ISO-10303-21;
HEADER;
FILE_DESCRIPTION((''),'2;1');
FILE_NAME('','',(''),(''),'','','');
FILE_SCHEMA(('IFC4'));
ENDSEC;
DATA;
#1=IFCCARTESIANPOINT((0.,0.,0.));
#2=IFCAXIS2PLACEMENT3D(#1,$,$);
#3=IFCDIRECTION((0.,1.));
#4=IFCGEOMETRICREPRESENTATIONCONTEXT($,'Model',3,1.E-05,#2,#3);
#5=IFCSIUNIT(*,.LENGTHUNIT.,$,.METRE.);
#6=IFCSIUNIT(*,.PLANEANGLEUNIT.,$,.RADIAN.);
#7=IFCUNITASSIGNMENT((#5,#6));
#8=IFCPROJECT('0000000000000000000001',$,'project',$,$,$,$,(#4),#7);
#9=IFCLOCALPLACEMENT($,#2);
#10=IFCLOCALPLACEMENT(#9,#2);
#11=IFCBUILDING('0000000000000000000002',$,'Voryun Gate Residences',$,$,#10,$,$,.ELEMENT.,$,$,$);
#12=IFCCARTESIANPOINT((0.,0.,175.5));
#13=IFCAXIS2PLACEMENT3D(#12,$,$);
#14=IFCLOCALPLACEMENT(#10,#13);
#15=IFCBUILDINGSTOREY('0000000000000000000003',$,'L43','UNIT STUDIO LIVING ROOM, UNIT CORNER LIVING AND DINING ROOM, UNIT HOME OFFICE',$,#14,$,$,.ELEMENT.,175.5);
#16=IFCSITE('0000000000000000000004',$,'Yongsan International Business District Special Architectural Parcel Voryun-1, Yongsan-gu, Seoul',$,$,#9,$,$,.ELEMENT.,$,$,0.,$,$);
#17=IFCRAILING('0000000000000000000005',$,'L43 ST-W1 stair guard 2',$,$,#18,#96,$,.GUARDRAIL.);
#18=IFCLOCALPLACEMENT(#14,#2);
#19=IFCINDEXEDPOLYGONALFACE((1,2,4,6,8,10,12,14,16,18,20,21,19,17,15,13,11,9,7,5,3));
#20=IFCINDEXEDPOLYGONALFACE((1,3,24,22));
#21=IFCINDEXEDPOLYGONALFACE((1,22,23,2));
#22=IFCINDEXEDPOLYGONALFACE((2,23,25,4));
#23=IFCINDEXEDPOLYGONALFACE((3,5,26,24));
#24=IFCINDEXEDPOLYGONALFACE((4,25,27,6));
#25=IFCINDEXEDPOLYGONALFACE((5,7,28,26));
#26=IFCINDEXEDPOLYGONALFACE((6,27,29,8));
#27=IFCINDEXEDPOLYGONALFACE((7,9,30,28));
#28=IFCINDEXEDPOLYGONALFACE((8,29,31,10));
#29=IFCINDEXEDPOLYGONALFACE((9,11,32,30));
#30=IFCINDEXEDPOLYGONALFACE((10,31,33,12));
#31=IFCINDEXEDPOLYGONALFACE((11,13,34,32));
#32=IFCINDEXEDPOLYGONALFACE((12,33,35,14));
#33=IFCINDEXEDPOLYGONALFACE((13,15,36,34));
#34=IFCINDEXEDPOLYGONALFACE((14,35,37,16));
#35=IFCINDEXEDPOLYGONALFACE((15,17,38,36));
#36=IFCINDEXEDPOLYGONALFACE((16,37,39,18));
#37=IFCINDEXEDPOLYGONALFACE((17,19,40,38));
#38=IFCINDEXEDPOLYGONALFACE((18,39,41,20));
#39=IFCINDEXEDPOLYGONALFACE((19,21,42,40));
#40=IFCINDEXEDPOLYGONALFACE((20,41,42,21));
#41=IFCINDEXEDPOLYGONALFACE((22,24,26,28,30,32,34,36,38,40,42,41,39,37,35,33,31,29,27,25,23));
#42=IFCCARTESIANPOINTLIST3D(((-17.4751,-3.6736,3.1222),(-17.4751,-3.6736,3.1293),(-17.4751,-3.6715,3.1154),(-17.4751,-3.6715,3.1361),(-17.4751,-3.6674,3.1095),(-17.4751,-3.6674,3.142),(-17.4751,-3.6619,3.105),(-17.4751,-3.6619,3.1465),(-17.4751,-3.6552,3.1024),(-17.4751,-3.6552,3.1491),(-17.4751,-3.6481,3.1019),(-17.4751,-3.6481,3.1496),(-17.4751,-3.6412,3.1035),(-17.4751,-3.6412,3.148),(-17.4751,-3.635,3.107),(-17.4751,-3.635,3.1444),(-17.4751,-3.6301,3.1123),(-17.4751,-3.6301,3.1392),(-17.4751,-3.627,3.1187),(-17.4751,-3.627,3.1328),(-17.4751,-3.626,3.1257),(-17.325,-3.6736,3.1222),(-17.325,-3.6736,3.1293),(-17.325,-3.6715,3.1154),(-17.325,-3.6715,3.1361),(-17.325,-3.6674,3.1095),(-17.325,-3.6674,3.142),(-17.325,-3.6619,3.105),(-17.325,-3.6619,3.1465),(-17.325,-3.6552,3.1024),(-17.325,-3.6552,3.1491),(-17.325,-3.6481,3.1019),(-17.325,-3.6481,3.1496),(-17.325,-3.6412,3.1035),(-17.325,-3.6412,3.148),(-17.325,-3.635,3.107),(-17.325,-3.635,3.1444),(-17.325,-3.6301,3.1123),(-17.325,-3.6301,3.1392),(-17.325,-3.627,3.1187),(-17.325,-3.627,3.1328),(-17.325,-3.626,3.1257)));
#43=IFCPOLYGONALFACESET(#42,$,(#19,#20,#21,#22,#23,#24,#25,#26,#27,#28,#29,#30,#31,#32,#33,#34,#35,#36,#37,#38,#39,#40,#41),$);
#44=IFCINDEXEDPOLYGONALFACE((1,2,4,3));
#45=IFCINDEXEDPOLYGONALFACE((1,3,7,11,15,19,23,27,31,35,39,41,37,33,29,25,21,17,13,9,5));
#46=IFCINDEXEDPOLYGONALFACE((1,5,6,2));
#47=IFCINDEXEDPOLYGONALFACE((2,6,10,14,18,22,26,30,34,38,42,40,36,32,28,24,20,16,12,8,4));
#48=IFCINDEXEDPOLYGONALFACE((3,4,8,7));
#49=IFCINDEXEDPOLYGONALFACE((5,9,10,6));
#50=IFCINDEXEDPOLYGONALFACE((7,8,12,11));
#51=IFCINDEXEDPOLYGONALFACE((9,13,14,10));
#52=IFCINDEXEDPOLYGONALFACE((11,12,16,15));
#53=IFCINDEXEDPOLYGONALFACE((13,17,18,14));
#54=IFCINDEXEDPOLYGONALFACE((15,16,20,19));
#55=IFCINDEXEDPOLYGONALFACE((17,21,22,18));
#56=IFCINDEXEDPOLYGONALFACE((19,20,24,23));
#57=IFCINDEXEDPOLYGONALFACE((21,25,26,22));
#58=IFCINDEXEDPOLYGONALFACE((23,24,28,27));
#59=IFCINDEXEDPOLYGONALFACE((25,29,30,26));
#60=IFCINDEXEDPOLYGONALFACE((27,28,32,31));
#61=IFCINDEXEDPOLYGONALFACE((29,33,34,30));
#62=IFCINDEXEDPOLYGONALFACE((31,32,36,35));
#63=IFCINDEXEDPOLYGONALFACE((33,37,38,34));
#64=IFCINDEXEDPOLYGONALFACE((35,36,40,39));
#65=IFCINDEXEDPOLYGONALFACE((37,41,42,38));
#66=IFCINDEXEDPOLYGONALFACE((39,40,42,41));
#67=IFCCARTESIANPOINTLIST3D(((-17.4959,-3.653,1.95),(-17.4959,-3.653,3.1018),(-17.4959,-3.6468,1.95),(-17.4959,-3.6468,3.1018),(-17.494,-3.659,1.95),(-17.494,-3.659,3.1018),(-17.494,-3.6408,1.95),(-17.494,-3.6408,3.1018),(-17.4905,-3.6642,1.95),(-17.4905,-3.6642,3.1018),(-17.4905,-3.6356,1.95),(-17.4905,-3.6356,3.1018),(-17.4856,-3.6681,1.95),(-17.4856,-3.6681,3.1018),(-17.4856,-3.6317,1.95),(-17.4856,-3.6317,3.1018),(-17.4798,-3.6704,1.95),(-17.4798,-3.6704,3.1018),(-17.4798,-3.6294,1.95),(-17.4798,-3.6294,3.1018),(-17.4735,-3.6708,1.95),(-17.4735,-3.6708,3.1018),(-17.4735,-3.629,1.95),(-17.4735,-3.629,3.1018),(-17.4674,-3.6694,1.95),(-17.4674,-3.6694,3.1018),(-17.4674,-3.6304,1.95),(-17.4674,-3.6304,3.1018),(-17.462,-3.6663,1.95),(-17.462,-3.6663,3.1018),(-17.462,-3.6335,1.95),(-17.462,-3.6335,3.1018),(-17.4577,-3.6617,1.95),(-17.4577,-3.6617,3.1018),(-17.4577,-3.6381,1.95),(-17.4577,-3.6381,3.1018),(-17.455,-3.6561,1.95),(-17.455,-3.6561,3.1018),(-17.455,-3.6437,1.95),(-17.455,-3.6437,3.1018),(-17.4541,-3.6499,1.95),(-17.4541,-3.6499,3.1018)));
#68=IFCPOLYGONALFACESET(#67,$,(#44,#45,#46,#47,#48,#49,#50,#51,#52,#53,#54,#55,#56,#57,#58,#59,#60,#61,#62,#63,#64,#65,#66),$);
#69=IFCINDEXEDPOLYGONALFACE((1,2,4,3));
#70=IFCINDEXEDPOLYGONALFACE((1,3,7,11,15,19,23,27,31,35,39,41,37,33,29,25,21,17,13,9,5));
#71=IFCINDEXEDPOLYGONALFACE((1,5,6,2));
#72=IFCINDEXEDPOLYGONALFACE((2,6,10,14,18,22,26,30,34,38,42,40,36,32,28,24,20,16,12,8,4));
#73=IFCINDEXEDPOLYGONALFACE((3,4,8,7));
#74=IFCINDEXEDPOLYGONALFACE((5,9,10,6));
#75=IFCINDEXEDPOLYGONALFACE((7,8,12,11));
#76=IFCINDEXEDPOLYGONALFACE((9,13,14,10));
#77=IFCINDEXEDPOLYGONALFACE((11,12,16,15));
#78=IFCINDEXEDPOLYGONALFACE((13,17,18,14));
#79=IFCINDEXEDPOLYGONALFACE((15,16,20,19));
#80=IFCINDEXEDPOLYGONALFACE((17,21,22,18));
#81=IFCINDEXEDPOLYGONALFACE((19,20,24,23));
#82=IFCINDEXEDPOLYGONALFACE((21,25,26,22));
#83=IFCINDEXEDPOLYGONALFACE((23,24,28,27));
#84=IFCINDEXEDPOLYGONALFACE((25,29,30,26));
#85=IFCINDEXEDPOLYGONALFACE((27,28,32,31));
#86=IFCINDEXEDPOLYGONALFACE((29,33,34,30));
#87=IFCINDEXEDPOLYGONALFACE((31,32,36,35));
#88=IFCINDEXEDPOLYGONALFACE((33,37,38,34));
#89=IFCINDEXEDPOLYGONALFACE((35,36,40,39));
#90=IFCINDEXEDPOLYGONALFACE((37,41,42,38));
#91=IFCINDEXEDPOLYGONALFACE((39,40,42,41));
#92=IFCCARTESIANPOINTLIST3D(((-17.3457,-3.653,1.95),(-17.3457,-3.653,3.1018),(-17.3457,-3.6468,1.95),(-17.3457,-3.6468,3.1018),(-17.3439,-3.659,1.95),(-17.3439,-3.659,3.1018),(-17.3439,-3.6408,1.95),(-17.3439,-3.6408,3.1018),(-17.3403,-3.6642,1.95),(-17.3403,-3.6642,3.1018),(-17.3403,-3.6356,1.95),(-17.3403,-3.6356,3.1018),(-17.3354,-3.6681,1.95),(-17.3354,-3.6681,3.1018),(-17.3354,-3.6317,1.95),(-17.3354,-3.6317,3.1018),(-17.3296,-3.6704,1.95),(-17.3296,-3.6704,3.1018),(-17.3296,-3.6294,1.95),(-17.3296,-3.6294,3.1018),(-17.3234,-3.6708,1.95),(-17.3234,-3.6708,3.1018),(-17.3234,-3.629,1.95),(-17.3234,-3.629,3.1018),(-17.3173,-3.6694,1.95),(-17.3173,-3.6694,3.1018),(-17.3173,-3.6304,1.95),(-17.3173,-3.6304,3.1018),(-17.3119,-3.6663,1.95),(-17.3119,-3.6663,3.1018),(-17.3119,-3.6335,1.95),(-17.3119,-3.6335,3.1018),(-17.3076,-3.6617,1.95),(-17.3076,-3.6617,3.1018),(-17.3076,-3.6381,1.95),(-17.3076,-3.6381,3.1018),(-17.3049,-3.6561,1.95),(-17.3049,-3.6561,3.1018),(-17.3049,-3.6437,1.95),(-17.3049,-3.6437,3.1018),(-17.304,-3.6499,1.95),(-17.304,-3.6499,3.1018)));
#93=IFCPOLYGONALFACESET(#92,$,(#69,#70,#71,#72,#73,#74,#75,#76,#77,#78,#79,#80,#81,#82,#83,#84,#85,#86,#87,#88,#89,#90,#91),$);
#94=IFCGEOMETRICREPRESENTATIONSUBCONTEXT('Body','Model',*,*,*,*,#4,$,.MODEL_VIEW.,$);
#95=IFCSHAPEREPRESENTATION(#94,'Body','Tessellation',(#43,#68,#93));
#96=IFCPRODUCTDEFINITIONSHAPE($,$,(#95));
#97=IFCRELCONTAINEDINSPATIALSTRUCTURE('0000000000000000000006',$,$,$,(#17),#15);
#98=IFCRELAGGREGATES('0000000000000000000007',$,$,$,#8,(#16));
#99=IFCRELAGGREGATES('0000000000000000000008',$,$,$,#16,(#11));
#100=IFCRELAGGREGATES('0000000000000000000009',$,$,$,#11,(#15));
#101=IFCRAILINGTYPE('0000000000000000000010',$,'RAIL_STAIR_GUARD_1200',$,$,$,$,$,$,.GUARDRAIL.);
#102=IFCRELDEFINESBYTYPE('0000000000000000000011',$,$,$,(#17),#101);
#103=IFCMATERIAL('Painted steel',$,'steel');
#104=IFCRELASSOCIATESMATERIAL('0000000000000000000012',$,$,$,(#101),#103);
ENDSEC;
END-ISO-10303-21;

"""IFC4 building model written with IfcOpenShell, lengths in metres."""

from ifc_helpers import new_model, si_unit, direction, frame, origin, origin_2d, place, context, subcontext, project, spatial, circle, extrude, material, type_object, element, save


model = new_model("IFC4")

# Units and contexts
model_context = context("Model", 3, precision=1e-05, world=origin(), true_north=direction((0.0, 1.0)))
body_context = subcontext(model_context, "Body", "Model", "MODEL_VIEW")
ifc_project = project(units=[si_unit("LENGTHUNIT", "METRE"), si_unit("PLANEANGLEUNIT", "RADIAN")], contexts=[model_context])

# Site, building, storey
site_placement = place(None, origin())
site = spatial("IfcSite", under=ifc_project, at=site_placement, Name="Yongsan International Business District Special Architectural Parcel Voryun-1, Yongsan-gu, Seoul", CompositionType="ELEMENT", RefElevation=0.0)
building_placement = place(site_placement, origin())
building = spatial("IfcBuilding", under=site, at=building_placement, Name="Voryun Gate Residences", CompositionType="ELEMENT")
storey_placement = place(building_placement, frame((0.0, 0.0, 175.5)))
storey = spatial("IfcBuildingStorey", under=building, at=storey_placement, Name="L43", Description="UNIT STUDIO LIVING ROOM, UNIT CORNER LIVING AND DINING ROOM, UNIT HOME OFFICE", CompositionType="ELEMENT", Elevation=175.5)

# Railing
ifc_material_1 = material(Name="Painted steel", Category="steel")
railing_type_1 = type_object("IfcRailingType", Name="RAIL_STAIR_GUARD_1200", PredefinedType="GUARDRAIL", material=ifc_material_1)
railing_1_placement = place(storey_placement, frame((-17.4751, -3.6499, 1.95)))
element("IfcRailing", 1, at=railing_1_placement, inside=storey, type_object=railing_type_1, Name="L43 ST-W1 stair guard 2", PredefinedType="GUARDRAIL", context=body_context, shape_type="SweptSolid", body=[
    extrude(circle(Radius=0.0239, at=origin_2d()), frame((0.0, 0.0, 1.1758), z_axis=(1.0, 0.0, 0.0), x_axis=(0.0, 1.0, 0.0)), (0.0, 0.0, 1.0), 0.1501),
    extrude(circle(Radius=0.021, at=origin_2d()), origin(), (0.0, 0.0, 1.0), 1.1519),
    extrude(circle(Radius=0.021, at=origin_2d()), frame((0.1501, 0.0, 0.0)), (0.0, 0.0, 1.0), 1.1519),
])

save(model, "model.ifc")
